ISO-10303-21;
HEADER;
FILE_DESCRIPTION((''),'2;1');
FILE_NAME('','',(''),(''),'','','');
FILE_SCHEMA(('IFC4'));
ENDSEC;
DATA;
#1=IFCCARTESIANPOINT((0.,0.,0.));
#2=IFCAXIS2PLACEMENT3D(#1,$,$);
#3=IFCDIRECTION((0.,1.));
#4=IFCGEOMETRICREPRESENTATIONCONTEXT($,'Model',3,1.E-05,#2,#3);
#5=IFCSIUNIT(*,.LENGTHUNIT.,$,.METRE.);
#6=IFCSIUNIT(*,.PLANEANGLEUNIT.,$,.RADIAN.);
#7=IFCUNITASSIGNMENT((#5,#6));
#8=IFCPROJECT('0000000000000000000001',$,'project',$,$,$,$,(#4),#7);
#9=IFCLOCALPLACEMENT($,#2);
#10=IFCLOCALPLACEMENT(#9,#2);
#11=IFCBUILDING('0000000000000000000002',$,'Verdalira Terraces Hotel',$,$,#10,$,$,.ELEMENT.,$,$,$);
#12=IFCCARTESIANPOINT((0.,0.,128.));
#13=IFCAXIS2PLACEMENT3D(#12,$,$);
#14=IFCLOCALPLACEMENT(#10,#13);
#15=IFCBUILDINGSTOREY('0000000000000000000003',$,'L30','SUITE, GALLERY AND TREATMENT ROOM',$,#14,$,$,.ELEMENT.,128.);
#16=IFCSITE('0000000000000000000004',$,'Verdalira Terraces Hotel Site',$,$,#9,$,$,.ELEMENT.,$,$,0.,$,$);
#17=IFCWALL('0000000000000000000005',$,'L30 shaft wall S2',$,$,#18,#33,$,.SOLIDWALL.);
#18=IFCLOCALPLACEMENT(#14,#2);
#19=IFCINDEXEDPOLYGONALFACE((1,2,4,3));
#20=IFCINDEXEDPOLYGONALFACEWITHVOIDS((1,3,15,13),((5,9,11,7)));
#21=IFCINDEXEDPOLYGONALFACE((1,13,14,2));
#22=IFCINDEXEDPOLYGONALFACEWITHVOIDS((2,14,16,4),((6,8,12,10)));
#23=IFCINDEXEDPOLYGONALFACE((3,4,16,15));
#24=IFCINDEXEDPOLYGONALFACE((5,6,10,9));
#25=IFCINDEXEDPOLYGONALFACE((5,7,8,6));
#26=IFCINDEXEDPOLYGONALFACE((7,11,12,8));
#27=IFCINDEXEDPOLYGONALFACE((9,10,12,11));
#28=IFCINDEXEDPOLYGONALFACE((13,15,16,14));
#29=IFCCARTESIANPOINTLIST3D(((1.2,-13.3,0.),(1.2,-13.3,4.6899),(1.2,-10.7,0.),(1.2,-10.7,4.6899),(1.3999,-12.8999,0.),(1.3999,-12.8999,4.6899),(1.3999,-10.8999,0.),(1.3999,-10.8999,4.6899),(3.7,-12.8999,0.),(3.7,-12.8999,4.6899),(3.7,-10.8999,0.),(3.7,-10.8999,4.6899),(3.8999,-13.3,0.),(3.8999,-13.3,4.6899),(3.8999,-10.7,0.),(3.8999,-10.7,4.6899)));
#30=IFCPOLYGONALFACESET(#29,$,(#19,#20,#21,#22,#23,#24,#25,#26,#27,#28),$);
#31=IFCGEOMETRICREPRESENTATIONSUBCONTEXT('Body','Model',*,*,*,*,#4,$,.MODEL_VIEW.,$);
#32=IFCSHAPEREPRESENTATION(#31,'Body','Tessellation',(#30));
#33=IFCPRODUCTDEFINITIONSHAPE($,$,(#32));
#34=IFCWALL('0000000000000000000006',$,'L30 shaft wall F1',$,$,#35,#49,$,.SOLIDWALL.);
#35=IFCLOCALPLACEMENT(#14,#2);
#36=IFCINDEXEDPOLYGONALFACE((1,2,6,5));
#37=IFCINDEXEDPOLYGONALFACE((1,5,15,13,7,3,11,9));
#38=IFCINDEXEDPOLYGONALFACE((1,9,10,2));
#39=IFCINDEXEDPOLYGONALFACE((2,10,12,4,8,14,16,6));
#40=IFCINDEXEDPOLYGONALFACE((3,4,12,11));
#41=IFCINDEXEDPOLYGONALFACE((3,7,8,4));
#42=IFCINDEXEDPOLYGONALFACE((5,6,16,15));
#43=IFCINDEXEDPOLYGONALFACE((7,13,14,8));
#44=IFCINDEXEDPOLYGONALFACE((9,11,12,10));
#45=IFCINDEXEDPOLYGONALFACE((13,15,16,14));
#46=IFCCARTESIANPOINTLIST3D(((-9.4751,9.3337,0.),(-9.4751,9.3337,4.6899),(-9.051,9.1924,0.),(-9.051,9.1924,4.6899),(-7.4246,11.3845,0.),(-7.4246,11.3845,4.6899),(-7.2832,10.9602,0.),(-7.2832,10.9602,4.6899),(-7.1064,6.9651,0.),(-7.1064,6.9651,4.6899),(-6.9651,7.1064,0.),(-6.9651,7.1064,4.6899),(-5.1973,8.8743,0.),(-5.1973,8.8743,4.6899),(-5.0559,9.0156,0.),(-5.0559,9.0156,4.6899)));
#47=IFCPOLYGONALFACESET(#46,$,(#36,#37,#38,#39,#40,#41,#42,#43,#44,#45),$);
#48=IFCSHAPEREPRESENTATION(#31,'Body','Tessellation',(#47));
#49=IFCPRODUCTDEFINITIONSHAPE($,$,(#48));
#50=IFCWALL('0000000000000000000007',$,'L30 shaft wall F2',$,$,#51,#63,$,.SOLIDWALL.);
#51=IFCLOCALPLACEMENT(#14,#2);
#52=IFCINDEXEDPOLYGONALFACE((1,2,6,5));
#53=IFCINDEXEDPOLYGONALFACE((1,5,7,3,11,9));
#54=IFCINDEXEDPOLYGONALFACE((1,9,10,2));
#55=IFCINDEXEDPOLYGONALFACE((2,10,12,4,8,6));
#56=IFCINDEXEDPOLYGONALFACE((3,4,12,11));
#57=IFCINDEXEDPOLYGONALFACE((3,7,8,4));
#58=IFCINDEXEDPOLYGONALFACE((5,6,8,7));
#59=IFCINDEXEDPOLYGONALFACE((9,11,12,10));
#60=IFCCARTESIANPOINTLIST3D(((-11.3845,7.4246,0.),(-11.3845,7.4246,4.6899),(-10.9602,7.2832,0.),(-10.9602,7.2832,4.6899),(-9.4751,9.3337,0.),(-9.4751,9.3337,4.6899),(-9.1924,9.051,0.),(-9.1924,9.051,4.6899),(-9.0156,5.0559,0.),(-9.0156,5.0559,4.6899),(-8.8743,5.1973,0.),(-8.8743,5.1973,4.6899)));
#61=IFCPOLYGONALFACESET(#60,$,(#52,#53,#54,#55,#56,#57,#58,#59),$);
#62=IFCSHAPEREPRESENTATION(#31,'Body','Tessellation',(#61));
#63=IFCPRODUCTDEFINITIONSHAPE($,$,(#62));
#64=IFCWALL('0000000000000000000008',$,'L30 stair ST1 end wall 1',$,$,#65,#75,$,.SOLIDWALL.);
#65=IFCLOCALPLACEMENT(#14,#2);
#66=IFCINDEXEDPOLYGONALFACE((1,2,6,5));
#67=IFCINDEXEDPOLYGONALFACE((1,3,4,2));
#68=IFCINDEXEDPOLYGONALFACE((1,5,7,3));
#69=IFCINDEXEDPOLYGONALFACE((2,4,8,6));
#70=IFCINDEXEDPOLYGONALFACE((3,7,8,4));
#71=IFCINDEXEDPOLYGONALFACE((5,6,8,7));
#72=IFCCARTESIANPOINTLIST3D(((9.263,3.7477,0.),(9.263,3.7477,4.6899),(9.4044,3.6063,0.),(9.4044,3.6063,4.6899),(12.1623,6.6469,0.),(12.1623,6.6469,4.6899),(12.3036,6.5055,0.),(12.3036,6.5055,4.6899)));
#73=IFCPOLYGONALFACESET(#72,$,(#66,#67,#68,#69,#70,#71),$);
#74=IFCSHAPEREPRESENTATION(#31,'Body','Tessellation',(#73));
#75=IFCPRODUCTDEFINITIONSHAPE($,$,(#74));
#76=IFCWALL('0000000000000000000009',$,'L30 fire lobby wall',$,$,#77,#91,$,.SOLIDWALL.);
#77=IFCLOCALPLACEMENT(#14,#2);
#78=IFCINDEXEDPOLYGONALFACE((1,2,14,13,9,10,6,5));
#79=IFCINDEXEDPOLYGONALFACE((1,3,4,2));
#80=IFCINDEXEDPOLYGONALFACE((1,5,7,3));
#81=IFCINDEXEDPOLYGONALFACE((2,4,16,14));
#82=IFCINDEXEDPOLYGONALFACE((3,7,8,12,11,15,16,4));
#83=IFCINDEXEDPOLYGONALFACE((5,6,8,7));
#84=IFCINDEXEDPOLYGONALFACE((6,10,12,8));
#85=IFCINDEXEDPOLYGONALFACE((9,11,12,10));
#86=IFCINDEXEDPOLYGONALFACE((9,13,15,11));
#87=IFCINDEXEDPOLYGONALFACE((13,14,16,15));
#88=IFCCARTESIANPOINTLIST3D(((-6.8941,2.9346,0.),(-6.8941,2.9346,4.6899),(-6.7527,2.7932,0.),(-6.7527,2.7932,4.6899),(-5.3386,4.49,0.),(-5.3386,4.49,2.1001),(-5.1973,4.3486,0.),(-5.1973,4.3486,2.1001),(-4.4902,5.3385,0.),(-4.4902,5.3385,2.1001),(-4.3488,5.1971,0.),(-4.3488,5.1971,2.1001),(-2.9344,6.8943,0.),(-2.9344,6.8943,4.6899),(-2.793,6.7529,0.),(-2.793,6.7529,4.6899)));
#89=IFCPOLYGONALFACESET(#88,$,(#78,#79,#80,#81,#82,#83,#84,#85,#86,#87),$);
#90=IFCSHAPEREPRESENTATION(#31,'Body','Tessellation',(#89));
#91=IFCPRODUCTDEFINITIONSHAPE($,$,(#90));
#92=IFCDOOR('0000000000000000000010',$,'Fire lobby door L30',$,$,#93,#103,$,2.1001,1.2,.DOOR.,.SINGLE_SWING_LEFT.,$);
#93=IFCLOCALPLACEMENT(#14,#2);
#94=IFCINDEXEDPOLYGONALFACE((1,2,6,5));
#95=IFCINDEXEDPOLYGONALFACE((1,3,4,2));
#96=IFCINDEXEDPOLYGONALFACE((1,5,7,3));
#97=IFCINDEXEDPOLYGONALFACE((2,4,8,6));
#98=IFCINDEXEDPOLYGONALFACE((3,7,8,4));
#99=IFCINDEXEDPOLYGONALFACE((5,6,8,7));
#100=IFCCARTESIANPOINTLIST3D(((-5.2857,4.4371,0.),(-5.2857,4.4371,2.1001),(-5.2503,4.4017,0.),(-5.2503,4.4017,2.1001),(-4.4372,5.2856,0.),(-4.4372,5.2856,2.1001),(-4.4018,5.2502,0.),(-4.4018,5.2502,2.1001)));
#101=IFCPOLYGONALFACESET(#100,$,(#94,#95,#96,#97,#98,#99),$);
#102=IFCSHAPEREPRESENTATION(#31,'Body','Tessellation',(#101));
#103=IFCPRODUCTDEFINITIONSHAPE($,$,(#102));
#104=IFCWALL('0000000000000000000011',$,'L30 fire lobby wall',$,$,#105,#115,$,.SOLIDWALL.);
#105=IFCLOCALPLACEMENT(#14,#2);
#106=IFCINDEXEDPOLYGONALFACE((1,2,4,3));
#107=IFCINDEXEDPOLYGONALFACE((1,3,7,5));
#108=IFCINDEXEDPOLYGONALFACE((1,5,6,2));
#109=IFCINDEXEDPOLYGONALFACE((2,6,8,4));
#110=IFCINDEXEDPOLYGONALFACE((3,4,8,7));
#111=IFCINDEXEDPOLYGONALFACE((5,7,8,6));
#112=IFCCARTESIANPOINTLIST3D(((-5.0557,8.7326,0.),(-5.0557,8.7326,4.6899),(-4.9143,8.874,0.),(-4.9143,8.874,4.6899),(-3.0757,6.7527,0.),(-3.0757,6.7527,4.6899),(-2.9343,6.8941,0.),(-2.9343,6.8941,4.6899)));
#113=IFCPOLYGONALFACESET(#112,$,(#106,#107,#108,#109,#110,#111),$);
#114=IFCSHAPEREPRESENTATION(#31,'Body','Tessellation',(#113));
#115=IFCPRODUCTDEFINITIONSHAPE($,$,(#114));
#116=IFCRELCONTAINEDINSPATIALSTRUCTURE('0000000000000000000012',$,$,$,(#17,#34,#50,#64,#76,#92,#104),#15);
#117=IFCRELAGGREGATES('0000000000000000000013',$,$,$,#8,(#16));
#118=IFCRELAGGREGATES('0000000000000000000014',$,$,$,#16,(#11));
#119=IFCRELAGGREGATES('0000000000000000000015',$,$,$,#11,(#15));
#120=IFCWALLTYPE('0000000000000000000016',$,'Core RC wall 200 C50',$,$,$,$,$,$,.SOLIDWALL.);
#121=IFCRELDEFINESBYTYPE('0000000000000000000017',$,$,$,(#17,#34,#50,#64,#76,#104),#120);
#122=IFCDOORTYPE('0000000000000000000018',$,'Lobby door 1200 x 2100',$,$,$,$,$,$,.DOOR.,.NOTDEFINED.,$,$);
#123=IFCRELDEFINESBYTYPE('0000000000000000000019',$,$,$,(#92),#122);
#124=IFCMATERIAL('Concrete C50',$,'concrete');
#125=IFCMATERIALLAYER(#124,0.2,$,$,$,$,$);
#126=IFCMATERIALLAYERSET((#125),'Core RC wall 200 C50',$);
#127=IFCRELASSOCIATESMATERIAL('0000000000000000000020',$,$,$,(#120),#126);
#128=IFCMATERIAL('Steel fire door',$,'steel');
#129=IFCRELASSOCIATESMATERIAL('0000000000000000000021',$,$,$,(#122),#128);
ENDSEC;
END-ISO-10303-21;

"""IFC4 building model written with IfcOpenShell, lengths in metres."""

from ifc_helpers import new_model, si_unit, direction, frame, frame_2d, origin, place, context, subcontext, project, spatial, polyline, rectangle, outline, extrude, material, layer, layer_set, type_object, element, fill, save


model = new_model("IFC4")

# Units and contexts
model_context = context("Model", 3, precision=1e-05, world=origin(), true_north=direction((0.0, 1.0)))
body_context = subcontext(model_context, "Body", "Model", "MODEL_VIEW")
ifc_project = project(units=[si_unit("LENGTHUNIT", "METRE"), si_unit("PLANEANGLEUNIT", "RADIAN")], contexts=[model_context])

# Site, building, storey
site_placement = place(None, origin())
site = spatial("IfcSite", under=ifc_project, at=site_placement, Name="Verdalira Terraces Hotel Site", CompositionType="ELEMENT", RefElevation=0.0)
building_placement = place(site_placement, origin())
building = spatial("IfcBuilding", under=site, at=building_placement, Name="Verdalira Terraces Hotel", CompositionType="ELEMENT")
storey_placement = place(building_placement, frame((0.0, 0.0, 128.0)))
storey = spatial("IfcBuildingStorey", under=building, at=storey_placement, Name="L30", Description="SUITE, GALLERY AND TREATMENT ROOM", CompositionType="ELEMENT", Elevation=128.0)

# Walls
ifc_material_1 = material(Name="Concrete C50", Category="concrete")
ifc_layer_1 = layer(ifc_material_1, 0.2)
ifc_layer_set_1 = layer_set([ifc_layer_1], Name="Core RC wall 200 C50")
wall_type_1 = type_object("IfcWallType", Name="Core RC wall 200 C50", PredefinedType="SOLIDWALL", material=ifc_layer_set_1)
wall_1_placement = place(storey_placement, origin())
element("IfcWall", 1, at=wall_1_placement, inside=storey, type_object=wall_type_1, Name="L30 shaft wall S2", PredefinedType="SOLIDWALL", context=body_context, shape_type="SweptSolid", body=[
    extrude(outline(polyline([(3.8999, -10.7), (3.8999, -13.3), (1.2, -13.3), (1.2, -10.7), (3.8999, -10.7)]), holes=[polyline([(1.3999, -12.8999), (3.7, -12.8999), (3.7, -10.8999), (1.3999, -10.8999), (1.3999, -12.8999)])]), origin(), (0.0, 0.0, 1.0), 4.6899),
])
wall_2_placement = place(storey_placement, origin())
element("IfcWall", 2, at=wall_2_placement, inside=storey, type_object=wall_type_1, Name="L30 shaft wall F1", PredefinedType="SOLIDWALL", context=body_context, shape_type="SweptSolid", body=[
    extrude(outline(polyline([(-9.4751, 9.3337), (-7.4246, 11.3845), (-5.0559, 9.0156), (-5.1973, 8.8743), (-7.2832, 10.9602), (-9.051, 9.1924), (-6.9651, 7.1064), (-7.1064, 6.9651), (-9.4751, 9.3337)])), origin(), (0.0, 0.0, 1.0), 4.6899),
])
wall_3_placement = place(storey_placement, origin())
element("IfcWall", 3, at=wall_3_placement, inside=storey, type_object=wall_type_1, Name="L30 shaft wall F2", PredefinedType="SOLIDWALL", context=body_context, shape_type="SweptSolid", body=[
    extrude(outline(polyline([(-11.3845, 7.4246), (-9.4751, 9.3337), (-9.1924, 9.051), (-10.9602, 7.2832), (-8.8743, 5.1973), (-9.0156, 5.0559), (-11.3845, 7.4246)])), origin(), (0.0, 0.0, 1.0), 4.6899),
])
wall_4_placement = place(storey_placement, frame((9.3337, 3.677, 0.0), z_axis=(0.0, 0.0, 1.0), x_axis=(0.707107, 0.707107, 0.0)))
element("IfcWall", 4, at=wall_4_placement, inside=storey, type_object=wall_type_1, Name="L30 stair ST1 end wall 1", PredefinedType="SOLIDWALL", context=body_context, shape_type="SweptSolid", body=[
    extrude(rectangle(XDim=4.1001, YDim=0.2, at=frame_2d((2.05, 0.0))), origin(), (0.0, 0.0, 1.0), 4.6899),
])

# Wall, opening, door
wall_5_placement = place(storey_placement, frame((-2.8638, 6.8235, 0.0), z_axis=(0.0, 0.0, 1.0), x_axis=(-0.707107, -0.707107, 0.0)))
wall_5 = element("IfcWall", 5, at=wall_5_placement, inside=storey, type_object=wall_type_1, Name="L30 fire lobby wall", PredefinedType="SOLIDWALL", context=body_context, shape_type="SweptSolid", body=[
    extrude(rectangle(XDim=5.5999, YDim=0.2, at=frame_2d((2.7998, 0.0))), origin(), (0.0, 0.0, 1.0), 4.6899),
])
opening_placement = place(wall_5_placement, frame((2.2, 0.0, 0.0)))
opening = element("IfcOpeningElement", 6, at=opening_placement, cuts=wall_5, PredefinedType="OPENING", context=body_context, shape_type="SweptSolid", body=[
    extrude(rectangle(XDim=1.2, YDim=2.1001, at=frame_2d((0.6001, 1.05))), frame((0.0, 0.1099, 0.0), z_axis=(0.0, -1.0, 0.0), x_axis=(1.0, 0.0, 0.0)), (0.0, 0.0, 1.0), 0.22),
])
ifc_material_2 = material(Name="Steel fire door", Category="steel")
door_type = type_object("IfcDoorType", Name="Lobby door 1200 x 2100", OperationType="NOTDEFINED", PredefinedType="DOOR", material=ifc_material_2)
door_placement = place(opening_placement, origin())
door = element("IfcDoor", 7, at=door_placement, inside=storey, type_object=door_type, Name="Fire lobby door L30", OperationType="SINGLE_SWING_LEFT", OverallHeight=2.1001, OverallWidth=1.2, PredefinedType="DOOR", context=body_context, shape_type="SweptSolid", body=[
    extrude(rectangle(XDim=1.2, YDim=2.1001, at=frame_2d((0.6001, 1.05))), frame((0.0, 0.0249, 0.0), z_axis=(0.0, -1.0, 0.0), x_axis=(1.0, 0.0, 0.0)), (0.0, 0.0, 1.0), 0.05),
])
fill(opening, door)

# Wall
wall_6_placement = place(storey_placement, frame((-3.0051, 6.8235, 0.0), z_axis=(0.0, 0.0, 1.0), x_axis=(-0.707107, 0.707107, 0.0)))
element("IfcWall", 8, at=wall_6_placement, inside=storey, type_object=wall_type_1, Name="L30 fire lobby wall", PredefinedType="SOLIDWALL", context=body_context, shape_type="SweptSolid", body=[
    extrude(rectangle(XDim=2.8, YDim=0.2, at=frame_2d((1.3999, 0.0))), origin(), (0.0, 0.0, 1.0), 4.6899),
])

save(model, "model.ifc")
